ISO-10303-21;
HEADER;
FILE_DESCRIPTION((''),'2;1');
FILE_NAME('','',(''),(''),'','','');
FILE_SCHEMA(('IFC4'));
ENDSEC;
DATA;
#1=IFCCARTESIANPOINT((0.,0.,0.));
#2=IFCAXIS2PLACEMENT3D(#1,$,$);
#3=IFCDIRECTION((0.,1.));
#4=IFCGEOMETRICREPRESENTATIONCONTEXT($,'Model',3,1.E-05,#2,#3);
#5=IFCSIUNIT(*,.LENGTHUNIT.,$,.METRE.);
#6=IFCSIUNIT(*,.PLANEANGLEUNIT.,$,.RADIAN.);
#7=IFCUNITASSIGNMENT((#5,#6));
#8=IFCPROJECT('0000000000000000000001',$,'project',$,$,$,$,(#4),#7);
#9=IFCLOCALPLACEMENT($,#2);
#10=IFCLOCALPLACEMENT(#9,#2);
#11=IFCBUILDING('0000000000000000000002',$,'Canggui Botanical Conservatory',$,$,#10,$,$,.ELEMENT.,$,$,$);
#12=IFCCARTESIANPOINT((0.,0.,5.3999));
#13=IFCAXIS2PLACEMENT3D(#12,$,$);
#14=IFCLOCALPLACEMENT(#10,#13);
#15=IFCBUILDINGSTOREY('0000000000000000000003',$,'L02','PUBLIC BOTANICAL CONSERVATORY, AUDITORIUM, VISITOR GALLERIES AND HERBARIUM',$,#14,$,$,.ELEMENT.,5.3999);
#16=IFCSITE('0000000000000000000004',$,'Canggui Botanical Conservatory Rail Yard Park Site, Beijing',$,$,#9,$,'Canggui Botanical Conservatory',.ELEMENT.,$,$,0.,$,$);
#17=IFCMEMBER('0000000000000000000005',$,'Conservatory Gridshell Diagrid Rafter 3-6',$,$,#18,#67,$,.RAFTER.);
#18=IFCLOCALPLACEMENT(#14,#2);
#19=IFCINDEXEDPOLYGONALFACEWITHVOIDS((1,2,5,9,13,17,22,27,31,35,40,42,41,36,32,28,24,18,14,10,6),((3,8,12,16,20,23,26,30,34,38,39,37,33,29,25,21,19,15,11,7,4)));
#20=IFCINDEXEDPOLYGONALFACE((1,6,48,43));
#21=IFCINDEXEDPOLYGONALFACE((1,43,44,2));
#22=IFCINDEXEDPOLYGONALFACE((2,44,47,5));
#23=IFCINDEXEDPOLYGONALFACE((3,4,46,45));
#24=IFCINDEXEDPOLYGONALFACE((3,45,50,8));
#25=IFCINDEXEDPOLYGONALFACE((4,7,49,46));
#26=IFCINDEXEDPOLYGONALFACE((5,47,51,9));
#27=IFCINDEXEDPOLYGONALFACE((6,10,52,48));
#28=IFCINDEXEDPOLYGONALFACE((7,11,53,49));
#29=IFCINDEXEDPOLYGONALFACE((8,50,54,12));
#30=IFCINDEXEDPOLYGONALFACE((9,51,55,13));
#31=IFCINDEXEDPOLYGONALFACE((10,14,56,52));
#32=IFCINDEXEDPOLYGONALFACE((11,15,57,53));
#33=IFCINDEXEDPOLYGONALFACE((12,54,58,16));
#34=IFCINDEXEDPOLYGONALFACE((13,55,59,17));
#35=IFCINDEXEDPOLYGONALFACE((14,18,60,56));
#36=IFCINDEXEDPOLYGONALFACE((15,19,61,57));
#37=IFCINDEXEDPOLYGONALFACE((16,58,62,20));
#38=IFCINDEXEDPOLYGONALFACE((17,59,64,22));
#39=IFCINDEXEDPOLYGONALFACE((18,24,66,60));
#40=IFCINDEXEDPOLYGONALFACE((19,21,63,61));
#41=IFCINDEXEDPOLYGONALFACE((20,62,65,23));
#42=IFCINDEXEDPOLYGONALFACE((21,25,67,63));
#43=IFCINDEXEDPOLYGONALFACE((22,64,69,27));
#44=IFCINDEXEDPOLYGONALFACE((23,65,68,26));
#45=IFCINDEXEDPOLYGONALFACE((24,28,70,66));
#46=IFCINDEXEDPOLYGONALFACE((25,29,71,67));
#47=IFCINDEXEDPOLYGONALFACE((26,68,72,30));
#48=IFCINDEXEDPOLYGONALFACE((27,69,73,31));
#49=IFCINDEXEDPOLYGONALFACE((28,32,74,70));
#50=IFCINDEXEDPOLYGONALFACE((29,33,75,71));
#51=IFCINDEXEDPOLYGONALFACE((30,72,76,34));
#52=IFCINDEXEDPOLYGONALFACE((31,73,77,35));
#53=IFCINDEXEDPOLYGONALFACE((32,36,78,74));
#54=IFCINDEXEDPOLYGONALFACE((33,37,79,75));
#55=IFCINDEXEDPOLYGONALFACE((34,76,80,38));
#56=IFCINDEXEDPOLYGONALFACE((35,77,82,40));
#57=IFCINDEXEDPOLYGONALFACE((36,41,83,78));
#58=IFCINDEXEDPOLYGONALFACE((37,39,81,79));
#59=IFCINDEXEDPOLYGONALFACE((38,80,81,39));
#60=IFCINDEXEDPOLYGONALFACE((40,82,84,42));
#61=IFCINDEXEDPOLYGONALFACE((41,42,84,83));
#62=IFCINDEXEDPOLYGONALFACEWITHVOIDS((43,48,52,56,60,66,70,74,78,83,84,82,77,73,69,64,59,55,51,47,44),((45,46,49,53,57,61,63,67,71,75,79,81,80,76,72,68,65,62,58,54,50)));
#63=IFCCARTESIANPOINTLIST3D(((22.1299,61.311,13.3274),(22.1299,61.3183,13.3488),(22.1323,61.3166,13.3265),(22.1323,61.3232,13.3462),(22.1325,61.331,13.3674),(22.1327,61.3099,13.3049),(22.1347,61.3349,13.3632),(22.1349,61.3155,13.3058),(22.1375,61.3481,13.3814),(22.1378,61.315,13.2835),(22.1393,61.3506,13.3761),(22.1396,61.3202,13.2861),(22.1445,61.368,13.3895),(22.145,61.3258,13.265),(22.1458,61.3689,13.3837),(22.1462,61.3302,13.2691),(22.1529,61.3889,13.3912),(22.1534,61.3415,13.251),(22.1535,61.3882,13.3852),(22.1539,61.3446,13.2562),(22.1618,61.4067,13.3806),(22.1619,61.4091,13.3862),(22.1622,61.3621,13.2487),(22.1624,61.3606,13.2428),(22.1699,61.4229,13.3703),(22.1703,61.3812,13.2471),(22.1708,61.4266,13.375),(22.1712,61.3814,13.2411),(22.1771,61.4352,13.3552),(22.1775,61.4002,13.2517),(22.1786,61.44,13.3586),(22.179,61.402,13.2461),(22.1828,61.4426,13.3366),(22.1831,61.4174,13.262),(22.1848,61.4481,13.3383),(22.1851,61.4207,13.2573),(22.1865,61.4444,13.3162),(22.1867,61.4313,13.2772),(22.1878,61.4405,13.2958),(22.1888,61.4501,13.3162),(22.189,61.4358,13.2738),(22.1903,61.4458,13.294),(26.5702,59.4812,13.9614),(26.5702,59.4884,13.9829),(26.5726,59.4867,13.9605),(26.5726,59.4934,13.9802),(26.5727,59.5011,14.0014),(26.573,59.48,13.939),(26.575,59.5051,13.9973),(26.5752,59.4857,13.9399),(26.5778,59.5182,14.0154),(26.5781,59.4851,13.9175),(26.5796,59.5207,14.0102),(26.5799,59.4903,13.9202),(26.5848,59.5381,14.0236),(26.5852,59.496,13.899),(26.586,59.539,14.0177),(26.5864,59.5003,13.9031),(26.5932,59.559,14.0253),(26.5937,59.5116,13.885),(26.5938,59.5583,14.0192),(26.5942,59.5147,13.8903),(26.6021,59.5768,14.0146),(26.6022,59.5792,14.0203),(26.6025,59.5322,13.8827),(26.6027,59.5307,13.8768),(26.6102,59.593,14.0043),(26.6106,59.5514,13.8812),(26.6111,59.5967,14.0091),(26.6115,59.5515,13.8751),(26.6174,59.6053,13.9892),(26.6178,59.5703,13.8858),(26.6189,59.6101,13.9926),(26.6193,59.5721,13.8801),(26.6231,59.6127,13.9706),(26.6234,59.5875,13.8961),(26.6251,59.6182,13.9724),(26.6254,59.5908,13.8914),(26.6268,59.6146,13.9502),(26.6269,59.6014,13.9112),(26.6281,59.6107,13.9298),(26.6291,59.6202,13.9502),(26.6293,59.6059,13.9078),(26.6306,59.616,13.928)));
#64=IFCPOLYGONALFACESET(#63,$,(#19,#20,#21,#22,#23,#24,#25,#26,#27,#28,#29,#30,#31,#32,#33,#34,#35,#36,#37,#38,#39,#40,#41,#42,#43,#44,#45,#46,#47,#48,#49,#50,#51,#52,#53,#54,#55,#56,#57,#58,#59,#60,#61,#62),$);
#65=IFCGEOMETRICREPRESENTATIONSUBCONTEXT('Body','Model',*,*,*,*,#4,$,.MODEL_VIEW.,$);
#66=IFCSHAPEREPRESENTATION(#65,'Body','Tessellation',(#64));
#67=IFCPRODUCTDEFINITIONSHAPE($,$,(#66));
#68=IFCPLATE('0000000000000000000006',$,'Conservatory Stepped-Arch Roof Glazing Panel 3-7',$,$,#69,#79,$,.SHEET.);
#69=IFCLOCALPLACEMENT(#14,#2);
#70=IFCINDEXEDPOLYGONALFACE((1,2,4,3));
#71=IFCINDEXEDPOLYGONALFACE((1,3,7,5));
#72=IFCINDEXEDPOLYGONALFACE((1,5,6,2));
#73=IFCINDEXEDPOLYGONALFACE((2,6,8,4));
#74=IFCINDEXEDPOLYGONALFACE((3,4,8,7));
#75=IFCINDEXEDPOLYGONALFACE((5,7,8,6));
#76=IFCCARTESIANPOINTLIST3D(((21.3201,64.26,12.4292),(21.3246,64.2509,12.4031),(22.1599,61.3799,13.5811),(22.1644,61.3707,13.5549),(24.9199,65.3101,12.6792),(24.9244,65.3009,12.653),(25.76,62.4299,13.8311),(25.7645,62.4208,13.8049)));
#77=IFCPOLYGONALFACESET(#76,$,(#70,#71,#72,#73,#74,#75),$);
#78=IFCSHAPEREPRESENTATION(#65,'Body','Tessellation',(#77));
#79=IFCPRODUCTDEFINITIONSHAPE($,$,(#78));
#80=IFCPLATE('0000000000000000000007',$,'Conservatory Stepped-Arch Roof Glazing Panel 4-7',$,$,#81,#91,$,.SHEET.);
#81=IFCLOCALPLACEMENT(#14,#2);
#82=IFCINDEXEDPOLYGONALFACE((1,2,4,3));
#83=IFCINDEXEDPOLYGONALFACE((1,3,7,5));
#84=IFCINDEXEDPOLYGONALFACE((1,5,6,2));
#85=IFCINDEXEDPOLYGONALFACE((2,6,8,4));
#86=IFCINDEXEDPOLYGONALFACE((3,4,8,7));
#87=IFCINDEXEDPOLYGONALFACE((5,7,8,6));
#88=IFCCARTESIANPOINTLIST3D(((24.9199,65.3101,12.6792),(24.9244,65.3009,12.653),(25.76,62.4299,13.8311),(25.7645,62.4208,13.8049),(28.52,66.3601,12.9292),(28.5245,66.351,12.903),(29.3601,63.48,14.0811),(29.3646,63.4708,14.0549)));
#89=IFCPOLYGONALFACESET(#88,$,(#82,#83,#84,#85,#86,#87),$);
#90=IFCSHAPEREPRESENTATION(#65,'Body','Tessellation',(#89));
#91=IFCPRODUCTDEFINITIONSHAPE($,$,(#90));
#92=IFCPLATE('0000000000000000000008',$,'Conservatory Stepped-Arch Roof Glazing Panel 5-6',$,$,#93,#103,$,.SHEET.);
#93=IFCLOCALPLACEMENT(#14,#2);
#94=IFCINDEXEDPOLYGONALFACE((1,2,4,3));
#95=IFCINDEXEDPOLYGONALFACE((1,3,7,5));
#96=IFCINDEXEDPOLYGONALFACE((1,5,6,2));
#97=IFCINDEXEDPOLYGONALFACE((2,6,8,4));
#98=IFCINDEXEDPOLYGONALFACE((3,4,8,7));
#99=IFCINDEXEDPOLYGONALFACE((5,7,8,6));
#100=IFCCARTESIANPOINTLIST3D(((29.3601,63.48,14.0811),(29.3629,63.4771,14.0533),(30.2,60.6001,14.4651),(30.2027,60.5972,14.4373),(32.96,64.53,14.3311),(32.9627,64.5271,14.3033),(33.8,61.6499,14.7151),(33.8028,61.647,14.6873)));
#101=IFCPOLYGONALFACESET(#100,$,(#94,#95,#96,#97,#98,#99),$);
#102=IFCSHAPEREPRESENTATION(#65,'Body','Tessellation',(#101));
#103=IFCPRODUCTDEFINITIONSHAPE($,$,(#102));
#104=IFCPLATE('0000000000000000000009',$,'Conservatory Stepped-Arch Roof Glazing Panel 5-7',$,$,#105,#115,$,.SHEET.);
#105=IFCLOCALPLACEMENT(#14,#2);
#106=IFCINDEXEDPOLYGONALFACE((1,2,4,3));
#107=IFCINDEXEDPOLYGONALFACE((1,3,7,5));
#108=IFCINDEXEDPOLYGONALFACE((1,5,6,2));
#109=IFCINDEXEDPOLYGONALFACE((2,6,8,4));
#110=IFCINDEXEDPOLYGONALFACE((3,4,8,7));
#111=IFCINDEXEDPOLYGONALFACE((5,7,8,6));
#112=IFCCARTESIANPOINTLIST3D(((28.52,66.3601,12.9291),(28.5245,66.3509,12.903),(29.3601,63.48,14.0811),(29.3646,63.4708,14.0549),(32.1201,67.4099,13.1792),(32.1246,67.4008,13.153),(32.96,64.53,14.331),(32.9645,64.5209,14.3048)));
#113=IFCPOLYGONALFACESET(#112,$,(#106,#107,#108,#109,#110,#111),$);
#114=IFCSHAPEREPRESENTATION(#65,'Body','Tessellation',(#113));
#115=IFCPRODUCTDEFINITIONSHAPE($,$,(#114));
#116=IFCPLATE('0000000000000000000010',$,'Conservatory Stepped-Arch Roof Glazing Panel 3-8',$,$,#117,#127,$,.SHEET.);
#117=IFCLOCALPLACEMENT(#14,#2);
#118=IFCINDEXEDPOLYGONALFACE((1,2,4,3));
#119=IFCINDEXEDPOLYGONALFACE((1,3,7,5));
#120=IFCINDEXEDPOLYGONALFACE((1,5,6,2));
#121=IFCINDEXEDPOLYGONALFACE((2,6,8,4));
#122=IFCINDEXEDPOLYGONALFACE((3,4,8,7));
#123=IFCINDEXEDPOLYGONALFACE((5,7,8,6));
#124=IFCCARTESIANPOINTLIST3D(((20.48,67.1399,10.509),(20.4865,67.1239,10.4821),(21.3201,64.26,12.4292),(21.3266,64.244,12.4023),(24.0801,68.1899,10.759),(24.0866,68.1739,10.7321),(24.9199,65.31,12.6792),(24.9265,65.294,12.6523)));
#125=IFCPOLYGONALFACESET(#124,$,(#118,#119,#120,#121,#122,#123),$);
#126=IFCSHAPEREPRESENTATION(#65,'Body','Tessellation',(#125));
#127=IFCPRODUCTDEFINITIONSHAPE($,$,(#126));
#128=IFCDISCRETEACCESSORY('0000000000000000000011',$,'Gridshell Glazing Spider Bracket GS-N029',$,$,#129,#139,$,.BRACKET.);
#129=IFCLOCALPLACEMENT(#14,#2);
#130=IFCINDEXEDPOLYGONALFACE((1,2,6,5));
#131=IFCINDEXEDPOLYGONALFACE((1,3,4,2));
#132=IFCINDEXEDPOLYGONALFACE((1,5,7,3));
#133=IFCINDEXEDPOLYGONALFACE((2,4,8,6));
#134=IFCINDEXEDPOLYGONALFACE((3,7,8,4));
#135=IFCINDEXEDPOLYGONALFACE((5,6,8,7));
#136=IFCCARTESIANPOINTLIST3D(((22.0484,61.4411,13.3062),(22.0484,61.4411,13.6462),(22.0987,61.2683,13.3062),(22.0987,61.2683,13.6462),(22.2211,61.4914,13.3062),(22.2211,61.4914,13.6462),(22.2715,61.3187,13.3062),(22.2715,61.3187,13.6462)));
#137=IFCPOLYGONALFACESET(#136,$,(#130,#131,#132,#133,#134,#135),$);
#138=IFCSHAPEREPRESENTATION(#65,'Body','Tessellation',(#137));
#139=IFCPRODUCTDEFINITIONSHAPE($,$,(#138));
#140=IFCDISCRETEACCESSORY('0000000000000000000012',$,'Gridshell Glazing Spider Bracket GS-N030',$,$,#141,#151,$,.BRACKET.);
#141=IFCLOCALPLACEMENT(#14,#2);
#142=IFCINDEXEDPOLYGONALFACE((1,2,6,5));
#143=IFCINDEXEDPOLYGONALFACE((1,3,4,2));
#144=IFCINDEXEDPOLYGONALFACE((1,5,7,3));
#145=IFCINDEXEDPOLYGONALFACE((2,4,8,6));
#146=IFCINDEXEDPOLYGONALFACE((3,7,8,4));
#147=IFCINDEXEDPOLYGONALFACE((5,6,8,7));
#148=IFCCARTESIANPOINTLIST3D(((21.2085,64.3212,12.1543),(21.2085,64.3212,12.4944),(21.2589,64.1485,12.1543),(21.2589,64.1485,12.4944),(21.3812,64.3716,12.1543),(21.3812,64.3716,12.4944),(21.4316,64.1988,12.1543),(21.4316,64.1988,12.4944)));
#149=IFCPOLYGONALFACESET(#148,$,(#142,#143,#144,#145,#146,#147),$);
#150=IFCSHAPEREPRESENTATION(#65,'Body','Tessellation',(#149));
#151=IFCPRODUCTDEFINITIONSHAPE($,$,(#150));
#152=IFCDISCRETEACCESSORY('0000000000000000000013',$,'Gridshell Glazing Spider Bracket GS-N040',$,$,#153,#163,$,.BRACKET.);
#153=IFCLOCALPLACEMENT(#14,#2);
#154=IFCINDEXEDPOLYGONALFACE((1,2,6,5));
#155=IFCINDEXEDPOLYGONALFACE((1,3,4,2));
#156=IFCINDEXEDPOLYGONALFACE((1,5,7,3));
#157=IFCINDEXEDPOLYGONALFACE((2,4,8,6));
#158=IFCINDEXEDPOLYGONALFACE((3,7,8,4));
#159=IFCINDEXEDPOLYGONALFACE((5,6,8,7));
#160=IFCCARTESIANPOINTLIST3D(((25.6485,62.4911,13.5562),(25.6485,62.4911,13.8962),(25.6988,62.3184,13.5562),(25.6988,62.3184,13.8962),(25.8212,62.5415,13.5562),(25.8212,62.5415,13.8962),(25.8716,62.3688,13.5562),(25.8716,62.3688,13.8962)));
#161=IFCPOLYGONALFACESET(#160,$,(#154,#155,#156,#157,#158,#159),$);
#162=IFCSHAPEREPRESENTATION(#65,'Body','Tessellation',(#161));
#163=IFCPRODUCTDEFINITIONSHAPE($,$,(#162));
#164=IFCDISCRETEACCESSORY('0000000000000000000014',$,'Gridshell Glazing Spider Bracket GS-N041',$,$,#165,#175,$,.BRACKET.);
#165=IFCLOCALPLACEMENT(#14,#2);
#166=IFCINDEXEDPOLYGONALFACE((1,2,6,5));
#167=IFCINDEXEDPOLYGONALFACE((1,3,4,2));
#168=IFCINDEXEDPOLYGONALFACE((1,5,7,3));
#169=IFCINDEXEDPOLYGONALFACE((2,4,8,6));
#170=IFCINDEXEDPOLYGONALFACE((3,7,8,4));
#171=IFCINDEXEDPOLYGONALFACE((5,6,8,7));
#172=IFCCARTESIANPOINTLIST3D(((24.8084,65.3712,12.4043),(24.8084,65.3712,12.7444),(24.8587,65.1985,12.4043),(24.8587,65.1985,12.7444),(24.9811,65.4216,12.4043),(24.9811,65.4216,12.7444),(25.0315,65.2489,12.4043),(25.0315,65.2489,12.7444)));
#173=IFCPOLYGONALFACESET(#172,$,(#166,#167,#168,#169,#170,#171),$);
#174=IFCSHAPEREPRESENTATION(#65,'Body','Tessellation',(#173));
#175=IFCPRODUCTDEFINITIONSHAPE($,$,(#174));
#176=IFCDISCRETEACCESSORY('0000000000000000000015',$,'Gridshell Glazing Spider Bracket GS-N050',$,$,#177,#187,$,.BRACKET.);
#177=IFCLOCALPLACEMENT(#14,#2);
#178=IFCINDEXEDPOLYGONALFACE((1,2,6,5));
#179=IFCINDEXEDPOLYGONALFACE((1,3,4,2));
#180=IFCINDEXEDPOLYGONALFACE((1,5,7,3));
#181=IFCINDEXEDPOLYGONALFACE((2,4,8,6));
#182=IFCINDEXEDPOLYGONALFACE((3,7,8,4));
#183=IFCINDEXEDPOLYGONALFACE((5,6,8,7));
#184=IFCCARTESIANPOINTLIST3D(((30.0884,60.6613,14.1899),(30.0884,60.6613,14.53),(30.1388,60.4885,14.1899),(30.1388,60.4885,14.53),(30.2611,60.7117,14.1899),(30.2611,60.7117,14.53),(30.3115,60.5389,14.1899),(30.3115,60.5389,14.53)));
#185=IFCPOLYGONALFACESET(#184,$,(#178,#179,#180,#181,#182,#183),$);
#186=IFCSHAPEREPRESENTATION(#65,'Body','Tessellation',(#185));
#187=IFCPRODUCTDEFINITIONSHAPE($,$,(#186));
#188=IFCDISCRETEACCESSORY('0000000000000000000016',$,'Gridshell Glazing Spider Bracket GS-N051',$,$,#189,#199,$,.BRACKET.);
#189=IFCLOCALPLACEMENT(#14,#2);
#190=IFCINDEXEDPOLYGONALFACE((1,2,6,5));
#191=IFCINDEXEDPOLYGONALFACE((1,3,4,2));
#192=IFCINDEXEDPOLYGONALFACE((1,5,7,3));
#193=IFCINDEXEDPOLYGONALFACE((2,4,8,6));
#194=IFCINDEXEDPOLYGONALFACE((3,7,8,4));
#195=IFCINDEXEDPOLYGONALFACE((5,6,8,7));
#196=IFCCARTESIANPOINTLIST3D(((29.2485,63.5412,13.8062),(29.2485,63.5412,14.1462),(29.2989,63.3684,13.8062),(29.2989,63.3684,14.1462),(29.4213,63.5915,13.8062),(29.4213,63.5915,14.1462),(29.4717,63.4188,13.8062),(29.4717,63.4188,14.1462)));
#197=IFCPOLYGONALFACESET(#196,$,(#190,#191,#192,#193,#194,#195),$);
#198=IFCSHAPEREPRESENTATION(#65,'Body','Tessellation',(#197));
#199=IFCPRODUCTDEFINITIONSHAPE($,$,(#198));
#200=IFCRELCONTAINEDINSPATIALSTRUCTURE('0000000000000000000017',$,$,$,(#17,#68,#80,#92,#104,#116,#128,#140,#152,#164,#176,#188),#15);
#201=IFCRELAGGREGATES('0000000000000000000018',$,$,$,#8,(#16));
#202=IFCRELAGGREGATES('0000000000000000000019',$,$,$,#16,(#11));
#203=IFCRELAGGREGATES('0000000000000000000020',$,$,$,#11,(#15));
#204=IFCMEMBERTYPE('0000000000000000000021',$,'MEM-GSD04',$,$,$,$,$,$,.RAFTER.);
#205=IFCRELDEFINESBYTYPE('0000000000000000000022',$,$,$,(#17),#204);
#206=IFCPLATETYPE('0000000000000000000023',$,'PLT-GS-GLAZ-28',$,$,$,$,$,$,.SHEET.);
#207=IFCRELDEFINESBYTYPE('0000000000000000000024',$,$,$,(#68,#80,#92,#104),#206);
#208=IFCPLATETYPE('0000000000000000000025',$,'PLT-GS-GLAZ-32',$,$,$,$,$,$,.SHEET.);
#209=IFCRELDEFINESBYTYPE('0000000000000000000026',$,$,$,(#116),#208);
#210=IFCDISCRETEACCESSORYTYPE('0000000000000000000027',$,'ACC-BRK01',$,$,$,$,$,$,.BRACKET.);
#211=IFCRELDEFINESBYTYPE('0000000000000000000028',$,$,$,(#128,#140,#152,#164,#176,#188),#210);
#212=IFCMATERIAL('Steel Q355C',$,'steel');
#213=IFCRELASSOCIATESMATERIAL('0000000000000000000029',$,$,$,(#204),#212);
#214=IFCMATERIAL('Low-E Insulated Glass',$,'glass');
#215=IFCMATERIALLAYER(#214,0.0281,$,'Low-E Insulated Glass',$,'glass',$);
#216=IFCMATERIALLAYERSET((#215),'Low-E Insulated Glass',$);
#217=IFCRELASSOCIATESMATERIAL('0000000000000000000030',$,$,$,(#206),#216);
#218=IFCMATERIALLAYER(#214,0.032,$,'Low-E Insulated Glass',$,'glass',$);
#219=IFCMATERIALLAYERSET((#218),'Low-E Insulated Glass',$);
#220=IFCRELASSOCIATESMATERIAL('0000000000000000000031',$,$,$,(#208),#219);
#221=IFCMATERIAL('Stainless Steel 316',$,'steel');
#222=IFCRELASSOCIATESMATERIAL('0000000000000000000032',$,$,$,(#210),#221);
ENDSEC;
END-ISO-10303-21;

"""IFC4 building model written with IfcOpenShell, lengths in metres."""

from ifc_helpers import new_model, si_unit, direction, frame, origin, origin_2d, place, context, subcontext, project, spatial, polyline, rectangle, hollow_circle, outline, extrude, material, layer, layer_set, material_profile, profile_set, type_object, element, save


model = new_model("IFC4")

# Units and contexts
model_context = context("Model", 3, precision=1e-05, world=origin(), true_north=direction((0.0, 1.0)))
body_context = subcontext(model_context, "Body", "Model", "MODEL_VIEW")
ifc_project = project(units=[si_unit("LENGTHUNIT", "METRE"), si_unit("PLANEANGLEUNIT", "RADIAN")], contexts=[model_context])

# Site, building, storey
site_placement = place(None, origin())
site = spatial("IfcSite", under=ifc_project, at=site_placement, Name="Canggui Botanical Conservatory Rail Yard Park Site, Beijing", LongName="Canggui Botanical Conservatory", CompositionType="ELEMENT", RefElevation=0.0)
building_placement = place(site_placement, origin())
building = spatial("IfcBuilding", under=site, at=building_placement, Name="Canggui Botanical Conservatory", CompositionType="ELEMENT")
storey_placement = place(building_placement, frame((0.0, 0.0, 5.3999)))
storey = spatial("IfcBuildingStorey", under=building, at=storey_placement, Name="L02", Description="PUBLIC BOTANICAL CONSERVATORY, AUDITORIUM, VISITOR GALLERIES AND HERBARIUM", CompositionType="ELEMENT", Elevation=5.3999)

# Shared definitions
ifc_material_1 = material(Name="Steel Q355C", Category="steel")

# Member
ifc_material_profile_1 = material_profile(ifc_material_1, hollow_circle(Radius=0.0759, WallThickness=0.0061, at=origin_2d()), Name="CHS 152x6")
ifc_profile_set_1 = profile_set([ifc_material_profile_1], Name="Steel Q355C")
member_type_1 = type_object("IfcMemberType", Name="MEM-GSD04", PredefinedType="RAFTER", material=ifc_profile_set_1)
member_1_placement = place(storey_placement, frame((22.1599, 61.3799, 13.3162), z_axis=(0.916613, -0.377743, 0.130887), x_axis=(0.381021, 0.924566, 0.0)))
element("IfcMember", 1, at=member_1_placement, inside=storey, type_object=member_type_1, Name="Conservatory Gridshell Diagrid Rafter 3-6", PredefinedType="RAFTER", context=body_context, shape_type="SweptSolid", body=[
    extrude(hollow_circle(Radius=0.0759, WallThickness=0.0061, at=origin_2d()), origin(), (0.0, 0.0, 1.0), 4.8442),
])

# Plates
ifc_material_2 = material(Name="Low-E Insulated Glass", Category="glass")
ifc_layer_1 = layer(ifc_material_2, 0.0281, Name="Low-E Insulated Glass", Category="glass")
ifc_layer_set_1 = layer_set([ifc_layer_1], Name="Low-E Insulated Glass")
plate_type_1 = type_object("IfcPlateType", Name="PLT-GS-GLAZ-28", PredefinedType="SHEET", material=ifc_layer_set_1)
plate_1_placement = place(storey_placement, frame((22.1599, 61.3799, 13.5811), z_axis=(-0.159804, 0.326033, 0.931754), x_axis=(0.957872, 0.279387, 0.066522)))
element("IfcPlate", 2, at=plate_1_placement, inside=storey, type_object=plate_type_1, Name="Conservatory Stepped-Arch Roof Glazing Panel 3-7", PredefinedType="SHEET", context=body_context, shape_type="SweptSolid", body=[
    extrude(outline(polyline([(0.0, 0.0), (3.7584, 0.0), (3.6818, 3.2128), (-0.0764, 3.2127), (0.0, 0.0)])), origin(), (0.0, 0.0, -1.0), 0.0281),
])
plate_2_placement = place(storey_placement, frame((25.76, 62.4299, 13.8311), z_axis=(-0.159797, 0.326029, 0.931756), x_axis=(0.957872, 0.279385, 0.066517)))
element("IfcPlate", 3, at=plate_2_placement, inside=storey, type_object=plate_type_1, Name="Conservatory Stepped-Arch Roof Glazing Panel 4-7", PredefinedType="SHEET", context=body_context, shape_type="SweptSolid", body=[
    extrude(outline(polyline([(0.0, 0.0), (3.7584, 0.0), (3.6818, 3.2128), (-0.0767, 3.2128), (0.0, 0.0)])), origin(), (0.0, 0.0, -1.0), 0.0281),
])
plate_3_placement = place(storey_placement, frame((30.2, 60.6001, 14.4651), z_axis=(-0.098818, 0.103156, 0.989744), x_axis=(0.957889, 0.279326, 0.066525)))
element("IfcPlate", 4, at=plate_3_placement, inside=storey, type_object=plate_type_1, Name="Conservatory Stepped-Arch Roof Glazing Panel 5-6", PredefinedType="SHEET", context=body_context, shape_type="SweptSolid", body=[
    extrude(outline(polyline([(0.0, 0.0), (3.7584, 0.0), (3.7326, 3.0245), (-0.0256, 3.0242), (0.0, 0.0)])), origin(), (0.0, 0.0, -1.0), 0.0281),
])
plate_4_placement = place(storey_placement, frame((29.3601, 63.48, 14.0811), z_axis=(-0.159796, 0.326047, 0.93175), x_axis=(0.95787, 0.279397, 0.066507)))
element("IfcPlate", 5, at=plate_4_placement, inside=storey, type_object=plate_type_1, Name="Conservatory Stepped-Arch Roof Glazing Panel 5-7", PredefinedType="SHEET", context=body_context, shape_type="SweptSolid", body=[
    extrude(outline(polyline([(0.0, 0.0), (3.7582, 0.0), (3.6818, 3.2125), (-0.0766, 3.2128), (0.0, 0.0)])), origin(), (0.0, 0.0, -1.0), 0.0281),
])
ifc_layer_2 = layer(ifc_material_2, 0.032, Name="Low-E Insulated Glass", Category="glass")
ifc_layer_set_2 = layer_set([ifc_layer_2], Name="Low-E Insulated Glass")
plate_type_2 = type_object("IfcPlateType", Name="PLT-GS-GLAZ-32", PredefinedType="SHEET", material=ifc_layer_set_2)
plate_5_placement = place(storey_placement, frame((21.3201, 64.26, 12.4292), z_axis=(-0.204537, 0.501025, 0.840915), x_axis=(0.957868, 0.279399, 0.066516)))
element("IfcPlate", 6, at=plate_5_placement, inside=storey, type_object=plate_type_2, Name="Conservatory Stepped-Arch Roof Glazing Panel 3-8", PredefinedType="SHEET", context=body_context, shape_type="SweptSolid", body=[
    extrude(outline(polyline([(0.0, 0.0), (3.7582, 0.0), (3.6307, 3.5595), (-0.1278, 3.5595), (0.0, 0.0)])), origin(), (0.0, 0.0, -1.0), 0.032),
])

# Discrete accessories
ifc_material_3 = material(Name="Stainless Steel 316", Category="steel")
discrete_accessory_type_1 = type_object("IfcDiscreteAccessoryType", Name="ACC-BRK01", PredefinedType="BRACKET", material=ifc_material_3)
for number, where, z_axis, x_axis, name in (
    (7, (22.1599, 61.3799, 13.3062), (0.0, 0.0, 1.0), (0.96, 0.28, 0.0), "Gridshell Glazing Spider Bracket GS-N029"),
    (8, (21.3201, 64.26, 12.1543), (0.0, 0.0, 1.0), (0.96, 0.28, 0.0), "Gridshell Glazing Spider Bracket GS-N030"),
    (9, (25.76, 62.4299, 13.5562), (0.0, 0.0, 1.0), (0.96, 0.28, 0.0), "Gridshell Glazing Spider Bracket GS-N040"),
    (10, (24.9199, 65.3101, 12.4043), (0.0, 0.0, 1.0), (0.96, 0.28, 0.0), "Gridshell Glazing Spider Bracket GS-N041"),
    (11, (30.2, 60.6001, 14.1899), (0.0, 0.0, 1.0), (0.96, 0.28, 0.0), "Gridshell Glazing Spider Bracket GS-N050"),
    (12, (29.3601, 63.48, 13.8062), (0.0, 0.0, 1.0), (0.96, 0.28, 0.0), "Gridshell Glazing Spider Bracket GS-N051"),
):
    element("IfcDiscreteAccessory", number, at=place(storey_placement, frame(where, z_axis=z_axis, x_axis=x_axis)), inside=storey, type_object=discrete_accessory_type_1, Name=name, PredefinedType="BRACKET", context=body_context, shape_type="SweptSolid", body=[
        extrude(rectangle(XDim=0.1799, YDim=0.1799, at=origin_2d()), origin(), (0.0, 0.0, 1.0), 0.3401),
    ])

save(model, "model.ifc")
